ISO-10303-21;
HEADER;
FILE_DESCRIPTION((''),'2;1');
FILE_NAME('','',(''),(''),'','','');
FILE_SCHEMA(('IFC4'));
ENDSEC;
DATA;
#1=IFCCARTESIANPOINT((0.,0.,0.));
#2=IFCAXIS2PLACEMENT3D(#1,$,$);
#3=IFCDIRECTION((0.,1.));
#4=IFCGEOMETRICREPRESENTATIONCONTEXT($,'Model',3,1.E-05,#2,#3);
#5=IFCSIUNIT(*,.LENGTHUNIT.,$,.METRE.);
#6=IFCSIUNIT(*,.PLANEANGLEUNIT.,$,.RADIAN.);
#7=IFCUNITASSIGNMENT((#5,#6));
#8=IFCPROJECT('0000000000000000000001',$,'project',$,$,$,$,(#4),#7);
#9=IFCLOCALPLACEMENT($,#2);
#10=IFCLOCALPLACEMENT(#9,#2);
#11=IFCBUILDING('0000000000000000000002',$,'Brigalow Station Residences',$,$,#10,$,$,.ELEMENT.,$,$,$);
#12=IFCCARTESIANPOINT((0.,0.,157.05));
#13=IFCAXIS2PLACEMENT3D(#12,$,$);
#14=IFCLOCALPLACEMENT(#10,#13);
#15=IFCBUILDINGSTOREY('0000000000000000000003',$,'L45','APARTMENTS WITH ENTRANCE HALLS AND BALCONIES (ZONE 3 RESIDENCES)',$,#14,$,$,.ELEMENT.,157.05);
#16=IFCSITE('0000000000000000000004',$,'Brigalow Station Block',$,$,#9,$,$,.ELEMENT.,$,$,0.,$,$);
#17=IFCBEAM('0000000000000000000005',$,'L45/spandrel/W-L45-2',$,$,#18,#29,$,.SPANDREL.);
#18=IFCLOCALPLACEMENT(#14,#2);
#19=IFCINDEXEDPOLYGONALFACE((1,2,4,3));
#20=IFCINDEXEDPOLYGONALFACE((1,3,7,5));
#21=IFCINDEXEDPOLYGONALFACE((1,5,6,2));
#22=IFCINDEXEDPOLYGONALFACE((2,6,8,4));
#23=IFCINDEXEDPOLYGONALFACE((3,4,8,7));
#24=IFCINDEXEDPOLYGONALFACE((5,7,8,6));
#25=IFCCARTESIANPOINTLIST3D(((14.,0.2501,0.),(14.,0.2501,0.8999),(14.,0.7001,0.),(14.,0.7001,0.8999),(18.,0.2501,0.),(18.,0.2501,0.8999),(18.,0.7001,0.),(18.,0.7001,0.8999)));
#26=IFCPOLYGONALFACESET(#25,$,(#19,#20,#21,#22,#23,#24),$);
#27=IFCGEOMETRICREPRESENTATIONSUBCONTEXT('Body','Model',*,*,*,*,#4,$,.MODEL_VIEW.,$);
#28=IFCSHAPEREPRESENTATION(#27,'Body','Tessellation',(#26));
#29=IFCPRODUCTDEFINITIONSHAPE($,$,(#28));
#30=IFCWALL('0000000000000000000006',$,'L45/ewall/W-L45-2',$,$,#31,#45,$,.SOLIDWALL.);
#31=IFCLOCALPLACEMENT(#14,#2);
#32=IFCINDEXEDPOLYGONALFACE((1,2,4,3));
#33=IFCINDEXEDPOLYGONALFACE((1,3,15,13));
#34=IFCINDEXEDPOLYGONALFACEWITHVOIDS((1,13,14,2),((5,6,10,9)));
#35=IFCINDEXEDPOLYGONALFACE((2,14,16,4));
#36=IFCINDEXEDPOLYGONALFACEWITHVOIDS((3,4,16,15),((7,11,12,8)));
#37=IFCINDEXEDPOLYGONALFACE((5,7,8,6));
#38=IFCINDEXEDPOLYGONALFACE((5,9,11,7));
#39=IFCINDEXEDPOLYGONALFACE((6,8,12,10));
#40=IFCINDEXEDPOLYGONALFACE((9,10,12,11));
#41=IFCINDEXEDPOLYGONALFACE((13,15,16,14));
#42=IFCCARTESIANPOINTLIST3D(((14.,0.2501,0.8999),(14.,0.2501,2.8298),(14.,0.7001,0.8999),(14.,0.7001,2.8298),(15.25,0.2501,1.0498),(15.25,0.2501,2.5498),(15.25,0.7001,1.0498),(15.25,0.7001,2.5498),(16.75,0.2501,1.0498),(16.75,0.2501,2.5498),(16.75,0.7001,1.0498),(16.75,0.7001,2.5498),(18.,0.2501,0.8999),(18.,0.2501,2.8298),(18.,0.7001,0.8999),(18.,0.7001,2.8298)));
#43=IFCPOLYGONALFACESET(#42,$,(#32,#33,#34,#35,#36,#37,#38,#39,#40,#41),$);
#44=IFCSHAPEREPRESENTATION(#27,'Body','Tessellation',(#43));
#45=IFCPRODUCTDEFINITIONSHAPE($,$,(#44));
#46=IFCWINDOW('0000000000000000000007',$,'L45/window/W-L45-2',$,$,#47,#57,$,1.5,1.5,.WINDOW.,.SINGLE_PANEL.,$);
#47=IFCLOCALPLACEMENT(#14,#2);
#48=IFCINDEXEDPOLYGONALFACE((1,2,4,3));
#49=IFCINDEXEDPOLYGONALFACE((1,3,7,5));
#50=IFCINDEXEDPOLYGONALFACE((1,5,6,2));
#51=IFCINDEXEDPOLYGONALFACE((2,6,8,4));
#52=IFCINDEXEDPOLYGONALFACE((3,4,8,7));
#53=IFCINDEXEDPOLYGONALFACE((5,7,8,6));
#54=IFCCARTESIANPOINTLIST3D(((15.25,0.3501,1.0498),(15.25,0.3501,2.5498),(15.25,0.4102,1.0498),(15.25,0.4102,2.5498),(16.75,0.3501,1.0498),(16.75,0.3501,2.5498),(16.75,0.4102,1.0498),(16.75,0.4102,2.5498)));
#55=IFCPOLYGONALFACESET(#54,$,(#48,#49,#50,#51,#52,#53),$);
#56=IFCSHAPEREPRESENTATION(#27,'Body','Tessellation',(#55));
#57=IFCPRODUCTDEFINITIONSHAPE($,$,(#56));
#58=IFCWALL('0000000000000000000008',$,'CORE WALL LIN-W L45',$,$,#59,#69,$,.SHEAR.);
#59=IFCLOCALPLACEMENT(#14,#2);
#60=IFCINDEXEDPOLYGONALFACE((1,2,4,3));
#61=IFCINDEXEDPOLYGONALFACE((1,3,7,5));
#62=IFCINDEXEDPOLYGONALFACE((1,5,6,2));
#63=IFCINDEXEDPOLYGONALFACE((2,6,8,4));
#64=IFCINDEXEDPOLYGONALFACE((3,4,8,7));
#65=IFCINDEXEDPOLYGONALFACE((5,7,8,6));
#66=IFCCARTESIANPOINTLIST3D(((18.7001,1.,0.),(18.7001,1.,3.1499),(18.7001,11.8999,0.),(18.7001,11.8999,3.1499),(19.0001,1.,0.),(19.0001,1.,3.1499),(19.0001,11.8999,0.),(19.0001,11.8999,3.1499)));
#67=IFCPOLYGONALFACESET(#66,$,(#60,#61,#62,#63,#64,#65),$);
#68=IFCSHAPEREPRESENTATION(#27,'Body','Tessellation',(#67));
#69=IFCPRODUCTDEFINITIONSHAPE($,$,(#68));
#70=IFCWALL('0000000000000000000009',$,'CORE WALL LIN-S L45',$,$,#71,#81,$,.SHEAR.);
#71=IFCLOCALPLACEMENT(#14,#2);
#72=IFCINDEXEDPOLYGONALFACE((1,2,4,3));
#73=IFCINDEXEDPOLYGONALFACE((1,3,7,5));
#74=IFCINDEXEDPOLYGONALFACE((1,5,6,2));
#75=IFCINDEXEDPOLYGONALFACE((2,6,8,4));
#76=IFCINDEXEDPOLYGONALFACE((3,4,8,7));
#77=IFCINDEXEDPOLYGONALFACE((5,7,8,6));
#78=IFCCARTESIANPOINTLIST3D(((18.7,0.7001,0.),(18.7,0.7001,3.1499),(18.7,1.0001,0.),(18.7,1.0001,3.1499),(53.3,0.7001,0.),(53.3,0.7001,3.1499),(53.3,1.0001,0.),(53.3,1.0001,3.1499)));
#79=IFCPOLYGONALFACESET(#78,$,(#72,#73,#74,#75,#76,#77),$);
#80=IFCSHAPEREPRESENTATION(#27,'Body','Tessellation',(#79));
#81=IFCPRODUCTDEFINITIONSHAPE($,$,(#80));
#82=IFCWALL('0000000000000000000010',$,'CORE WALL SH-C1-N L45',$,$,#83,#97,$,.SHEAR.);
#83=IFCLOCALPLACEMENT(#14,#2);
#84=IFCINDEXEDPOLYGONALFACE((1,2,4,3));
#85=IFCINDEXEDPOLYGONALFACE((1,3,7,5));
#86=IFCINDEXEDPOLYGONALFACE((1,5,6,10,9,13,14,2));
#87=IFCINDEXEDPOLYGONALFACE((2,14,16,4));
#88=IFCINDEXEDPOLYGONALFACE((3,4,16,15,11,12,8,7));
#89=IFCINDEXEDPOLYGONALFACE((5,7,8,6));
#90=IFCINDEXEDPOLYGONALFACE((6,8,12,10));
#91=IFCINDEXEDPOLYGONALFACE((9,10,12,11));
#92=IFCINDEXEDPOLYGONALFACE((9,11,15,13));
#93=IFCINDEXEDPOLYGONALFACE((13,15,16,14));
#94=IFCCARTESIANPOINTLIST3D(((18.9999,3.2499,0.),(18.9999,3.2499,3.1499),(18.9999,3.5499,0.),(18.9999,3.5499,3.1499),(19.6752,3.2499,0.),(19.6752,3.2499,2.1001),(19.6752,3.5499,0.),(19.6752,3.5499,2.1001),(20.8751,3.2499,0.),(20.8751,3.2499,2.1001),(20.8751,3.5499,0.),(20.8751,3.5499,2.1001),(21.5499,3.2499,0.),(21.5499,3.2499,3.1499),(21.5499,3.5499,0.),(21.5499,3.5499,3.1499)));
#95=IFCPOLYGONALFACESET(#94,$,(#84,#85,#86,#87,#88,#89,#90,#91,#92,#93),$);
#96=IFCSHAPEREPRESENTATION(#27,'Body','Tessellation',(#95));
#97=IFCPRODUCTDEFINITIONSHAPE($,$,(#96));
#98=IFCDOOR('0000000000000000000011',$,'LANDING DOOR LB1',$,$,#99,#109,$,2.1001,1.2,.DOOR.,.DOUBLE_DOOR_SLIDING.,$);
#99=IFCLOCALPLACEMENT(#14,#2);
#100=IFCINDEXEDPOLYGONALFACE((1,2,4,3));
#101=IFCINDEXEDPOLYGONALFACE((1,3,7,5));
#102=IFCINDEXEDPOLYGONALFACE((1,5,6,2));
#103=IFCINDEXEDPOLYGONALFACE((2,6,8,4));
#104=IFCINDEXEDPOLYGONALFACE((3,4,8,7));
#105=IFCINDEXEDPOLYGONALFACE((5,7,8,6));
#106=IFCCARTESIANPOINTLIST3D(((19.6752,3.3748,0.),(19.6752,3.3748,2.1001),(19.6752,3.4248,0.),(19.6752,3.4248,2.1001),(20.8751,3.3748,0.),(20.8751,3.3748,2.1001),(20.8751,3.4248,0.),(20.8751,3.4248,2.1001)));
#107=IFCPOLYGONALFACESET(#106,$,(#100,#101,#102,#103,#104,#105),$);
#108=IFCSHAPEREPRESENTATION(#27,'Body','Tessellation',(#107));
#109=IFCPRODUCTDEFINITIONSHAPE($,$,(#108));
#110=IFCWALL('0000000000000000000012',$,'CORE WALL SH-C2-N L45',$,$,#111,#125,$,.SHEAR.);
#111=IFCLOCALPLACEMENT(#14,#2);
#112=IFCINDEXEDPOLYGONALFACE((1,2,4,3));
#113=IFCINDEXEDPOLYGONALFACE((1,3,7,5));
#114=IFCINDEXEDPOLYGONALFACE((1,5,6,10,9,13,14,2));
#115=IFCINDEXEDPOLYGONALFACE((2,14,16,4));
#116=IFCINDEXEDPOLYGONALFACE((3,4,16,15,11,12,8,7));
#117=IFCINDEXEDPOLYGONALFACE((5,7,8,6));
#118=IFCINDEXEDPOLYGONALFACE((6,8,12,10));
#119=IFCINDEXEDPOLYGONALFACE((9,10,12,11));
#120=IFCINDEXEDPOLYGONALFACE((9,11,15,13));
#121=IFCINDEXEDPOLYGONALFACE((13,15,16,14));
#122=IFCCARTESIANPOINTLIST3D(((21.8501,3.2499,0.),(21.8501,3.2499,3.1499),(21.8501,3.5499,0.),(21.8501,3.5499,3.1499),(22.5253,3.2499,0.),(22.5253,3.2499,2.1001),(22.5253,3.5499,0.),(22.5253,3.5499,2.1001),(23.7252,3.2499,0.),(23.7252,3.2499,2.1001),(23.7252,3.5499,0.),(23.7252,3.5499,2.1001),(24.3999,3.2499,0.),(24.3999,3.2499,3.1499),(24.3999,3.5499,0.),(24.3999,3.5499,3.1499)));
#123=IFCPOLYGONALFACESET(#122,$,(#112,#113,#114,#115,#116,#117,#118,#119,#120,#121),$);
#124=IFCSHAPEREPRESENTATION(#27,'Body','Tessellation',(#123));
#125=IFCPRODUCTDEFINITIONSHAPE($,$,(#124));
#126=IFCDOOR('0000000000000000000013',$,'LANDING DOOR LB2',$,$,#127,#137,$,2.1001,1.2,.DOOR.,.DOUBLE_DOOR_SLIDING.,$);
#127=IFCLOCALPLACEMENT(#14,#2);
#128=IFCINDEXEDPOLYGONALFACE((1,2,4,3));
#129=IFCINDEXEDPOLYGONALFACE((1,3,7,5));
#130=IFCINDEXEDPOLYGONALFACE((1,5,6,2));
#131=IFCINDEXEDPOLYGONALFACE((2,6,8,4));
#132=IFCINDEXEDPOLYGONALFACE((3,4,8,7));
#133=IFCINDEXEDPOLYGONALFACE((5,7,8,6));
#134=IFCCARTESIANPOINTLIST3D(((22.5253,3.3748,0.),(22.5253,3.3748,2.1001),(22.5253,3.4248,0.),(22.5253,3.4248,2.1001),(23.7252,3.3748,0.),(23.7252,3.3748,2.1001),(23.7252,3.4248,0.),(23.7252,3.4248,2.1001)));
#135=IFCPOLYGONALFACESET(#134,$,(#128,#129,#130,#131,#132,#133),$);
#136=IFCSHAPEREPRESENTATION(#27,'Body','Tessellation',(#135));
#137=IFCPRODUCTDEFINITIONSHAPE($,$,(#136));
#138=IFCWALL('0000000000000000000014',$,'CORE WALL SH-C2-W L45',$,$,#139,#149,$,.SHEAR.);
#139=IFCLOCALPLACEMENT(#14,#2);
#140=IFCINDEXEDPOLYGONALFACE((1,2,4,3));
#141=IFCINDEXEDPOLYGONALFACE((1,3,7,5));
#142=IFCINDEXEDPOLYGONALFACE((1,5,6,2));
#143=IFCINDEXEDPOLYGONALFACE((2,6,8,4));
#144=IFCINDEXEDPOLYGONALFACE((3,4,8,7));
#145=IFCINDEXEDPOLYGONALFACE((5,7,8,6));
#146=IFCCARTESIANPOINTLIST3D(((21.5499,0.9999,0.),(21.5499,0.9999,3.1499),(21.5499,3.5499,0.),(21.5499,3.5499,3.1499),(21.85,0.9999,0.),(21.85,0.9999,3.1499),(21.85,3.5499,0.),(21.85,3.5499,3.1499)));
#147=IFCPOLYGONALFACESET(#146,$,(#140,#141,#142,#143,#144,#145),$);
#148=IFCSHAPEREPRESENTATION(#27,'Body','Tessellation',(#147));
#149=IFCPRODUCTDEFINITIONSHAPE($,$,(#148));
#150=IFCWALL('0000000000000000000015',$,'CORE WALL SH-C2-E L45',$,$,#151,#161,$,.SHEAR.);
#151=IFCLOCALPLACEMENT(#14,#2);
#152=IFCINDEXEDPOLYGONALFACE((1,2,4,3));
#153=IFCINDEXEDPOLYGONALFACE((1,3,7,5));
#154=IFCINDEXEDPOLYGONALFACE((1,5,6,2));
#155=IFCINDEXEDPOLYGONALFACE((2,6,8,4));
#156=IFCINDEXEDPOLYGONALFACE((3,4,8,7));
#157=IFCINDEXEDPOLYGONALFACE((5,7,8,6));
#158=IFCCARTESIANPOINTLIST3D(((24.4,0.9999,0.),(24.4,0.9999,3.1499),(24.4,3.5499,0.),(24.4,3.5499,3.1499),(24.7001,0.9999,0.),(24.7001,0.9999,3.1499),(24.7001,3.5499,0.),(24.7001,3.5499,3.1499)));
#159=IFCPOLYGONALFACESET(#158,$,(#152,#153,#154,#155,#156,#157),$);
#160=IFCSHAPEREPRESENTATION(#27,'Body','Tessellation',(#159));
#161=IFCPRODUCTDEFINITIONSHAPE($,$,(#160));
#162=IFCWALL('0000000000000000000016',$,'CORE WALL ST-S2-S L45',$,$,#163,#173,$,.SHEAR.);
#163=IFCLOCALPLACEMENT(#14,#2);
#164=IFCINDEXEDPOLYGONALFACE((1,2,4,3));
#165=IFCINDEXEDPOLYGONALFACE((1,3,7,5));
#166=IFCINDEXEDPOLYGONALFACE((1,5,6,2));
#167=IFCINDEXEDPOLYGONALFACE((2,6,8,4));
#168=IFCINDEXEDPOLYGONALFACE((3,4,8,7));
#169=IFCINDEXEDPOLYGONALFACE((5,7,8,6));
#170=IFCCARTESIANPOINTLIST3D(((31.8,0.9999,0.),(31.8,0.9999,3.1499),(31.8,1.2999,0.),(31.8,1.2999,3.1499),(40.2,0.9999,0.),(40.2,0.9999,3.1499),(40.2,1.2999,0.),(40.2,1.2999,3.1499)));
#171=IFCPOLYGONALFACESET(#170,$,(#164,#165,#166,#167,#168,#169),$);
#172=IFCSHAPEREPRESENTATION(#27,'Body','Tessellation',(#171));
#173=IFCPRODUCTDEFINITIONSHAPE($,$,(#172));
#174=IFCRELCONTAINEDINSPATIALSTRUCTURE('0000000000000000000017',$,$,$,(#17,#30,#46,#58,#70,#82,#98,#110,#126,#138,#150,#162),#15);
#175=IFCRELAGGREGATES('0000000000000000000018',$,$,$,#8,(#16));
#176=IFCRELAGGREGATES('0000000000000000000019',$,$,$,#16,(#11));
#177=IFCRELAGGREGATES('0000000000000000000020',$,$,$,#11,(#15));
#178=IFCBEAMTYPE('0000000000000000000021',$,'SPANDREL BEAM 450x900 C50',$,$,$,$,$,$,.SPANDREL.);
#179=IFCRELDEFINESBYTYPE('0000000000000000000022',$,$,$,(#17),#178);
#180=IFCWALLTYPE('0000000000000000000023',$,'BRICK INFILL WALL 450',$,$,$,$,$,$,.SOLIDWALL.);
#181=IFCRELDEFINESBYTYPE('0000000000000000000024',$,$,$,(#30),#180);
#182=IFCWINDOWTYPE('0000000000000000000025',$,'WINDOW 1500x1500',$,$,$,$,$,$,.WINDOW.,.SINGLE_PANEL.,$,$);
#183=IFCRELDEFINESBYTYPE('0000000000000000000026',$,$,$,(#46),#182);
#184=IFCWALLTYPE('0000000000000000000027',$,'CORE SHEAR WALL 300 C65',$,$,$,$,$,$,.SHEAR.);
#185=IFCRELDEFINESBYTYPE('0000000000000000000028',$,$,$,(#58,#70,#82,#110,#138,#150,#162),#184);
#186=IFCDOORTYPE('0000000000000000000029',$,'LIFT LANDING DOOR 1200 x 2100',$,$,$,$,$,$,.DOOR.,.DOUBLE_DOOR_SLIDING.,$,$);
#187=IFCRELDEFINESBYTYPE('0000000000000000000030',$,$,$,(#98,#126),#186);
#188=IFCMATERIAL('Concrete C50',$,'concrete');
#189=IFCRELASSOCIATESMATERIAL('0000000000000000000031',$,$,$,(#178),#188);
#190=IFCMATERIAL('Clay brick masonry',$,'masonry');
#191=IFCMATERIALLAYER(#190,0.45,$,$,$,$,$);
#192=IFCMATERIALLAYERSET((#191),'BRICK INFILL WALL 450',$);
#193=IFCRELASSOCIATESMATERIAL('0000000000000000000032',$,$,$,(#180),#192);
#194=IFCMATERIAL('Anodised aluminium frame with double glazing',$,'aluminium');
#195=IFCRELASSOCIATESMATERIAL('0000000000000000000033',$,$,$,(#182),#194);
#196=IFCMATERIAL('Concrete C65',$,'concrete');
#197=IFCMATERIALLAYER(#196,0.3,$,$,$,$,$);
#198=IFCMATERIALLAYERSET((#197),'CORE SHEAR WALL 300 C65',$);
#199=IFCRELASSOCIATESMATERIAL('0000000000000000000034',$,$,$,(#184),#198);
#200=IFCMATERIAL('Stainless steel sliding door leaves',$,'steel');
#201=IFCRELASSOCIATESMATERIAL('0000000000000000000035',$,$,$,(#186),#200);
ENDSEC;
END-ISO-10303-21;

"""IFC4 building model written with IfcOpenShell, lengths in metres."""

from ifc_helpers import new_model, si_unit, direction, frame, frame_2d, origin, origin_2d, place, context, subcontext, project, spatial, rectangle, extrude, material, layer, layer_set, material_profile, profile_set, type_object, element, fill, save


model = new_model("IFC4")

# Units and contexts
model_context = context("Model", 3, precision=1e-05, world=origin(), true_north=direction((0.0, 1.0)))
body_context = subcontext(model_context, "Body", "Model", "MODEL_VIEW")
ifc_project = project(units=[si_unit("LENGTHUNIT", "METRE"), si_unit("PLANEANGLEUNIT", "RADIAN")], contexts=[model_context])

# Site, building, storey
site_placement = place(None, origin())
site = spatial("IfcSite", under=ifc_project, at=site_placement, Name="Brigalow Station Block", CompositionType="ELEMENT", RefElevation=0.0)
building_placement = place(site_placement, origin())
building = spatial("IfcBuilding", under=site, at=building_placement, Name="Brigalow Station Residences", CompositionType="ELEMENT")
storey_placement = place(building_placement, frame((0.0, 0.0, 157.05)))
storey = spatial("IfcBuildingStorey", under=building, at=storey_placement, Name="L45", Description="APARTMENTS WITH ENTRANCE HALLS AND BALCONIES (ZONE 3 RESIDENCES)", CompositionType="ELEMENT", Elevation=157.05)

# Beam
ifc_material_1 = material(Name="Concrete C50", Category="concrete")
ifc_material_profile = material_profile(ifc_material_1, rectangle(XDim=0.45, YDim=0.8999, at=origin_2d()), Name="RC450x900")
ifc_profile_set = profile_set([ifc_material_profile], Name="Concrete C50")
beam_type = type_object("IfcBeamType", Name="SPANDREL BEAM 450x900 C50", PredefinedType="SPANDREL", material=ifc_profile_set)
beam_placement = place(storey_placement, frame((14.0, 0.4751, 0.45), z_axis=(1.0, 0.0, 0.0), x_axis=(0.0, 1.0, 0.0)))
element("IfcBeam", 1, at=beam_placement, inside=storey, type_object=beam_type, Name="L45/spandrel/W-L45-2", PredefinedType="SPANDREL", context=body_context, shape_type="SweptSolid", body=[
    extrude(rectangle(XDim=0.45, YDim=0.8999, at=origin_2d()), origin(), (0.0, 0.0, 1.0), 4.0),
])

# Wall, opening, window
ifc_material_2 = material(Name="Clay brick masonry", Category="masonry")
ifc_layer_1 = layer(ifc_material_2, 0.45)
ifc_layer_set_1 = layer_set([ifc_layer_1], Name="BRICK INFILL WALL 450")
wall_type_1 = type_object("IfcWallType", Name="BRICK INFILL WALL 450", PredefinedType="SOLIDWALL", material=ifc_layer_set_1)
wall_1_placement = place(storey_placement, frame((14.0, 0.4751, 0.8999), z_axis=(0.0, 0.0, 1.0), x_axis=(1.0, 0.0, 0.0)))
wall_1 = element("IfcWall", 2, at=wall_1_placement, inside=storey, type_object=wall_type_1, Name="L45/ewall/W-L45-2", PredefinedType="SOLIDWALL", context=body_context, shape_type="SweptSolid", body=[
    extrude(rectangle(XDim=4.0, YDim=0.45, at=frame_2d((2.0, 0.0))), origin(), (0.0, 0.0, 1.0), 1.9299),
])
opening_1_placement = place(wall_1_placement, frame((1.25, 0.0, 0.1499)))
opening_1 = element("IfcOpeningElement", 3, at=opening_1_placement, cuts=wall_1, PredefinedType="OPENING", context=body_context, shape_type="SweptSolid", body=[
    extrude(rectangle(XDim=1.5, YDim=1.5, at=frame_2d((0.75, 0.75))), frame((0.0, 0.2349, 0.0), z_axis=(0.0, -1.0, 0.0), x_axis=(1.0, 0.0, 0.0)), (0.0, 0.0, 1.0), 0.47),
])
ifc_material_3 = material(Name="Anodised aluminium frame with double glazing", Category="aluminium")
window_type = type_object("IfcWindowType", Name="WINDOW 1500x1500", PartitioningType="SINGLE_PANEL", PredefinedType="WINDOW", material=ifc_material_3)
window_placement = place(opening_1_placement, origin())
window = element("IfcWindow", 4, at=window_placement, inside=storey, type_object=window_type, Name="L45/window/W-L45-2", OverallHeight=1.5, OverallWidth=1.5, PartitioningType="SINGLE_PANEL", PredefinedType="WINDOW", context=body_context, shape_type="SweptSolid", body=[
    extrude(rectangle(XDim=1.5, YDim=1.5, at=frame_2d((0.75, 0.75))), frame((0.0, -0.0649, 0.0), z_axis=(0.0, -1.0, 0.0), x_axis=(1.0, 0.0, 0.0)), (0.0, 0.0, 1.0), 0.0601),
])
fill(opening_1, window)

# Walls
ifc_material_4 = material(Name="Concrete C65", Category="concrete")
ifc_layer_2 = layer(ifc_material_4, 0.3)
ifc_layer_set_2 = layer_set([ifc_layer_2], Name="CORE SHEAR WALL 300 C65")
wall_type_2 = type_object("IfcWallType", Name="CORE SHEAR WALL 300 C65", PredefinedType="SHEAR", material=ifc_layer_set_2)
wall_2_placement = place(storey_placement, frame((18.8501, 1.0, 0.0), z_axis=(0.0, 0.0, 1.0), x_axis=(0.0, 1.0, 0.0)))
element("IfcWall", 5, at=wall_2_placement, inside=storey, type_object=wall_type_2, Name="CORE WALL LIN-W L45", PredefinedType="SHEAR", context=body_context, shape_type="SweptSolid", body=[
    extrude(rectangle(XDim=10.8999, YDim=0.3, at=frame_2d((5.45, 0.0))), origin(), (0.0, 0.0, 1.0), 3.1499),
])
wall_3_placement = place(storey_placement, frame((18.7, 0.8501, 0.0), z_axis=(0.0, 0.0, 1.0), x_axis=(1.0, 0.0, 0.0)))
element("IfcWall", 6, at=wall_3_placement, inside=storey, type_object=wall_type_2, Name="CORE WALL LIN-S L45", PredefinedType="SHEAR", context=body_context, shape_type="SweptSolid", body=[
    extrude(rectangle(XDim=34.6001, YDim=0.3, at=frame_2d((17.3, 0.0))), origin(), (0.0, 0.0, 1.0), 3.1499),
])

# Walls, openings, doors
wall_4_placement = place(storey_placement, frame((19.0, 3.3999, 0.0), z_axis=(0.0, 0.0, 1.0), x_axis=(1.0, 0.0, 0.0)))
wall_4 = element("IfcWall", 7, at=wall_4_placement, inside=storey, type_object=wall_type_2, Name="CORE WALL SH-C1-N L45", PredefinedType="SHEAR", context=body_context, shape_type="SweptSolid", body=[
    extrude(rectangle(XDim=2.55, YDim=0.3, at=frame_2d((1.2749, 0.0))), origin(), (0.0, 0.0, 1.0), 3.1499),
])
opening_2_placement = place(wall_4_placement, frame((0.675, 0.0, 0.0)))
opening_2 = element("IfcOpeningElement", 8, at=opening_2_placement, cuts=wall_4, PredefinedType="OPENING", context=body_context, shape_type="SweptSolid", body=[
    extrude(rectangle(XDim=1.2, YDim=2.1001, at=frame_2d((0.6001, 1.05))), frame((0.0, 0.1602, 0.0), z_axis=(0.0, -1.0, 0.0), x_axis=(1.0, 0.0, 0.0)), (0.0, 0.0, 1.0), 0.3201),
])
ifc_material_5 = material(Name="Stainless steel sliding door leaves", Category="steel")
door_type = type_object("IfcDoorType", Name="LIFT LANDING DOOR 1200 x 2100", OperationType="DOUBLE_DOOR_SLIDING", PredefinedType="DOOR", material=ifc_material_5)
door_1_placement = place(opening_2_placement, origin())
door_1 = element("IfcDoor", 9, at=door_1_placement, inside=storey, type_object=door_type, Name="LANDING DOOR LB1", OperationType="DOUBLE_DOOR_SLIDING", OverallHeight=2.1001, OverallWidth=1.2, PredefinedType="DOOR", context=body_context, shape_type="SweptSolid", body=[
    extrude(rectangle(XDim=1.2, YDim=2.1001, at=frame_2d((0.6001, 1.05))), frame((0.0, 0.0249, 0.0), z_axis=(0.0, -1.0, 0.0), x_axis=(1.0, 0.0, 0.0)), (0.0, 0.0, 1.0), 0.05),
])
fill(opening_2, door_1)
wall_5_placement = place(storey_placement, frame((21.8501, 3.3999, 0.0), z_axis=(0.0, 0.0, 1.0), x_axis=(1.0, 0.0, 0.0)))
wall_5 = element("IfcWall", 10, at=wall_5_placement, inside=storey, type_object=wall_type_2, Name="CORE WALL SH-C2-N L45", PredefinedType="SHEAR", context=body_context, shape_type="SweptSolid", body=[
    extrude(rectangle(XDim=2.5498, YDim=0.3, at=frame_2d((1.2749, 0.0))), origin(), (0.0, 0.0, 1.0), 3.1499),
])
opening_3_placement = place(wall_5_placement, frame((0.675, 0.0, 0.0)))
opening_3 = element("IfcOpeningElement", 11, at=opening_3_placement, cuts=wall_5, PredefinedType="OPENING", context=body_context, shape_type="SweptSolid", body=[
    extrude(rectangle(XDim=1.2, YDim=2.1001, at=frame_2d((0.6001, 1.05))), frame((0.0, 0.1602, 0.0), z_axis=(0.0, -1.0, 0.0), x_axis=(1.0, 0.0, 0.0)), (0.0, 0.0, 1.0), 0.3201),
])
door_2_placement = place(opening_3_placement, origin())
door_2 = element("IfcDoor", 12, at=door_2_placement, inside=storey, type_object=door_type, Name="LANDING DOOR LB2", OperationType="DOUBLE_DOOR_SLIDING", OverallHeight=2.1001, OverallWidth=1.2, PredefinedType="DOOR", context=body_context, shape_type="SweptSolid", body=[
    extrude(rectangle(XDim=1.2, YDim=2.1001, at=frame_2d((0.6001, 1.05))), frame((0.0, 0.0249, 0.0), z_axis=(0.0, -1.0, 0.0), x_axis=(1.0, 0.0, 0.0)), (0.0, 0.0, 1.0), 0.05),
])
fill(opening_3, door_2)

# Walls
for number, where, z_axis, x_axis, name in (
    (13, (21.7, 1.0, 0.0), (0.0, 0.0, 1.0), (0.0, 1.0, 0.0), "CORE WALL SH-C2-W L45"),
    (14, (24.55, 1.0, 0.0), (0.0, 0.0, 1.0), (0.0, 1.0, 0.0), "CORE WALL SH-C2-E L45"),
):
    element("IfcWall", number, at=place(storey_placement, frame(where, z_axis=z_axis, x_axis=x_axis)), inside=storey, type_object=wall_type_2, Name=name, PredefinedType="SHEAR", context=body_context, shape_type="SweptSolid", body=[
        extrude(rectangle(XDim=2.55, YDim=0.3, at=frame_2d((1.2749, 0.0))), origin(), (0.0, 0.0, 1.0), 3.1499),
    ])
wall_6_placement = place(storey_placement, frame((31.8, 1.1499, 0.0), z_axis=(0.0, 0.0, 1.0), x_axis=(1.0, 0.0, 0.0)))
element("IfcWall", 15, at=wall_6_placement, inside=storey, type_object=wall_type_2, Name="CORE WALL ST-S2-S L45", PredefinedType="SHEAR", context=body_context, shape_type="SweptSolid", body=[
    extrude(rectangle(XDim=8.3999, YDim=0.3, at=frame_2d((4.2, 0.0))), origin(), (0.0, 0.0, 1.0), 3.1499),
])

save(model, "model.ifc")
